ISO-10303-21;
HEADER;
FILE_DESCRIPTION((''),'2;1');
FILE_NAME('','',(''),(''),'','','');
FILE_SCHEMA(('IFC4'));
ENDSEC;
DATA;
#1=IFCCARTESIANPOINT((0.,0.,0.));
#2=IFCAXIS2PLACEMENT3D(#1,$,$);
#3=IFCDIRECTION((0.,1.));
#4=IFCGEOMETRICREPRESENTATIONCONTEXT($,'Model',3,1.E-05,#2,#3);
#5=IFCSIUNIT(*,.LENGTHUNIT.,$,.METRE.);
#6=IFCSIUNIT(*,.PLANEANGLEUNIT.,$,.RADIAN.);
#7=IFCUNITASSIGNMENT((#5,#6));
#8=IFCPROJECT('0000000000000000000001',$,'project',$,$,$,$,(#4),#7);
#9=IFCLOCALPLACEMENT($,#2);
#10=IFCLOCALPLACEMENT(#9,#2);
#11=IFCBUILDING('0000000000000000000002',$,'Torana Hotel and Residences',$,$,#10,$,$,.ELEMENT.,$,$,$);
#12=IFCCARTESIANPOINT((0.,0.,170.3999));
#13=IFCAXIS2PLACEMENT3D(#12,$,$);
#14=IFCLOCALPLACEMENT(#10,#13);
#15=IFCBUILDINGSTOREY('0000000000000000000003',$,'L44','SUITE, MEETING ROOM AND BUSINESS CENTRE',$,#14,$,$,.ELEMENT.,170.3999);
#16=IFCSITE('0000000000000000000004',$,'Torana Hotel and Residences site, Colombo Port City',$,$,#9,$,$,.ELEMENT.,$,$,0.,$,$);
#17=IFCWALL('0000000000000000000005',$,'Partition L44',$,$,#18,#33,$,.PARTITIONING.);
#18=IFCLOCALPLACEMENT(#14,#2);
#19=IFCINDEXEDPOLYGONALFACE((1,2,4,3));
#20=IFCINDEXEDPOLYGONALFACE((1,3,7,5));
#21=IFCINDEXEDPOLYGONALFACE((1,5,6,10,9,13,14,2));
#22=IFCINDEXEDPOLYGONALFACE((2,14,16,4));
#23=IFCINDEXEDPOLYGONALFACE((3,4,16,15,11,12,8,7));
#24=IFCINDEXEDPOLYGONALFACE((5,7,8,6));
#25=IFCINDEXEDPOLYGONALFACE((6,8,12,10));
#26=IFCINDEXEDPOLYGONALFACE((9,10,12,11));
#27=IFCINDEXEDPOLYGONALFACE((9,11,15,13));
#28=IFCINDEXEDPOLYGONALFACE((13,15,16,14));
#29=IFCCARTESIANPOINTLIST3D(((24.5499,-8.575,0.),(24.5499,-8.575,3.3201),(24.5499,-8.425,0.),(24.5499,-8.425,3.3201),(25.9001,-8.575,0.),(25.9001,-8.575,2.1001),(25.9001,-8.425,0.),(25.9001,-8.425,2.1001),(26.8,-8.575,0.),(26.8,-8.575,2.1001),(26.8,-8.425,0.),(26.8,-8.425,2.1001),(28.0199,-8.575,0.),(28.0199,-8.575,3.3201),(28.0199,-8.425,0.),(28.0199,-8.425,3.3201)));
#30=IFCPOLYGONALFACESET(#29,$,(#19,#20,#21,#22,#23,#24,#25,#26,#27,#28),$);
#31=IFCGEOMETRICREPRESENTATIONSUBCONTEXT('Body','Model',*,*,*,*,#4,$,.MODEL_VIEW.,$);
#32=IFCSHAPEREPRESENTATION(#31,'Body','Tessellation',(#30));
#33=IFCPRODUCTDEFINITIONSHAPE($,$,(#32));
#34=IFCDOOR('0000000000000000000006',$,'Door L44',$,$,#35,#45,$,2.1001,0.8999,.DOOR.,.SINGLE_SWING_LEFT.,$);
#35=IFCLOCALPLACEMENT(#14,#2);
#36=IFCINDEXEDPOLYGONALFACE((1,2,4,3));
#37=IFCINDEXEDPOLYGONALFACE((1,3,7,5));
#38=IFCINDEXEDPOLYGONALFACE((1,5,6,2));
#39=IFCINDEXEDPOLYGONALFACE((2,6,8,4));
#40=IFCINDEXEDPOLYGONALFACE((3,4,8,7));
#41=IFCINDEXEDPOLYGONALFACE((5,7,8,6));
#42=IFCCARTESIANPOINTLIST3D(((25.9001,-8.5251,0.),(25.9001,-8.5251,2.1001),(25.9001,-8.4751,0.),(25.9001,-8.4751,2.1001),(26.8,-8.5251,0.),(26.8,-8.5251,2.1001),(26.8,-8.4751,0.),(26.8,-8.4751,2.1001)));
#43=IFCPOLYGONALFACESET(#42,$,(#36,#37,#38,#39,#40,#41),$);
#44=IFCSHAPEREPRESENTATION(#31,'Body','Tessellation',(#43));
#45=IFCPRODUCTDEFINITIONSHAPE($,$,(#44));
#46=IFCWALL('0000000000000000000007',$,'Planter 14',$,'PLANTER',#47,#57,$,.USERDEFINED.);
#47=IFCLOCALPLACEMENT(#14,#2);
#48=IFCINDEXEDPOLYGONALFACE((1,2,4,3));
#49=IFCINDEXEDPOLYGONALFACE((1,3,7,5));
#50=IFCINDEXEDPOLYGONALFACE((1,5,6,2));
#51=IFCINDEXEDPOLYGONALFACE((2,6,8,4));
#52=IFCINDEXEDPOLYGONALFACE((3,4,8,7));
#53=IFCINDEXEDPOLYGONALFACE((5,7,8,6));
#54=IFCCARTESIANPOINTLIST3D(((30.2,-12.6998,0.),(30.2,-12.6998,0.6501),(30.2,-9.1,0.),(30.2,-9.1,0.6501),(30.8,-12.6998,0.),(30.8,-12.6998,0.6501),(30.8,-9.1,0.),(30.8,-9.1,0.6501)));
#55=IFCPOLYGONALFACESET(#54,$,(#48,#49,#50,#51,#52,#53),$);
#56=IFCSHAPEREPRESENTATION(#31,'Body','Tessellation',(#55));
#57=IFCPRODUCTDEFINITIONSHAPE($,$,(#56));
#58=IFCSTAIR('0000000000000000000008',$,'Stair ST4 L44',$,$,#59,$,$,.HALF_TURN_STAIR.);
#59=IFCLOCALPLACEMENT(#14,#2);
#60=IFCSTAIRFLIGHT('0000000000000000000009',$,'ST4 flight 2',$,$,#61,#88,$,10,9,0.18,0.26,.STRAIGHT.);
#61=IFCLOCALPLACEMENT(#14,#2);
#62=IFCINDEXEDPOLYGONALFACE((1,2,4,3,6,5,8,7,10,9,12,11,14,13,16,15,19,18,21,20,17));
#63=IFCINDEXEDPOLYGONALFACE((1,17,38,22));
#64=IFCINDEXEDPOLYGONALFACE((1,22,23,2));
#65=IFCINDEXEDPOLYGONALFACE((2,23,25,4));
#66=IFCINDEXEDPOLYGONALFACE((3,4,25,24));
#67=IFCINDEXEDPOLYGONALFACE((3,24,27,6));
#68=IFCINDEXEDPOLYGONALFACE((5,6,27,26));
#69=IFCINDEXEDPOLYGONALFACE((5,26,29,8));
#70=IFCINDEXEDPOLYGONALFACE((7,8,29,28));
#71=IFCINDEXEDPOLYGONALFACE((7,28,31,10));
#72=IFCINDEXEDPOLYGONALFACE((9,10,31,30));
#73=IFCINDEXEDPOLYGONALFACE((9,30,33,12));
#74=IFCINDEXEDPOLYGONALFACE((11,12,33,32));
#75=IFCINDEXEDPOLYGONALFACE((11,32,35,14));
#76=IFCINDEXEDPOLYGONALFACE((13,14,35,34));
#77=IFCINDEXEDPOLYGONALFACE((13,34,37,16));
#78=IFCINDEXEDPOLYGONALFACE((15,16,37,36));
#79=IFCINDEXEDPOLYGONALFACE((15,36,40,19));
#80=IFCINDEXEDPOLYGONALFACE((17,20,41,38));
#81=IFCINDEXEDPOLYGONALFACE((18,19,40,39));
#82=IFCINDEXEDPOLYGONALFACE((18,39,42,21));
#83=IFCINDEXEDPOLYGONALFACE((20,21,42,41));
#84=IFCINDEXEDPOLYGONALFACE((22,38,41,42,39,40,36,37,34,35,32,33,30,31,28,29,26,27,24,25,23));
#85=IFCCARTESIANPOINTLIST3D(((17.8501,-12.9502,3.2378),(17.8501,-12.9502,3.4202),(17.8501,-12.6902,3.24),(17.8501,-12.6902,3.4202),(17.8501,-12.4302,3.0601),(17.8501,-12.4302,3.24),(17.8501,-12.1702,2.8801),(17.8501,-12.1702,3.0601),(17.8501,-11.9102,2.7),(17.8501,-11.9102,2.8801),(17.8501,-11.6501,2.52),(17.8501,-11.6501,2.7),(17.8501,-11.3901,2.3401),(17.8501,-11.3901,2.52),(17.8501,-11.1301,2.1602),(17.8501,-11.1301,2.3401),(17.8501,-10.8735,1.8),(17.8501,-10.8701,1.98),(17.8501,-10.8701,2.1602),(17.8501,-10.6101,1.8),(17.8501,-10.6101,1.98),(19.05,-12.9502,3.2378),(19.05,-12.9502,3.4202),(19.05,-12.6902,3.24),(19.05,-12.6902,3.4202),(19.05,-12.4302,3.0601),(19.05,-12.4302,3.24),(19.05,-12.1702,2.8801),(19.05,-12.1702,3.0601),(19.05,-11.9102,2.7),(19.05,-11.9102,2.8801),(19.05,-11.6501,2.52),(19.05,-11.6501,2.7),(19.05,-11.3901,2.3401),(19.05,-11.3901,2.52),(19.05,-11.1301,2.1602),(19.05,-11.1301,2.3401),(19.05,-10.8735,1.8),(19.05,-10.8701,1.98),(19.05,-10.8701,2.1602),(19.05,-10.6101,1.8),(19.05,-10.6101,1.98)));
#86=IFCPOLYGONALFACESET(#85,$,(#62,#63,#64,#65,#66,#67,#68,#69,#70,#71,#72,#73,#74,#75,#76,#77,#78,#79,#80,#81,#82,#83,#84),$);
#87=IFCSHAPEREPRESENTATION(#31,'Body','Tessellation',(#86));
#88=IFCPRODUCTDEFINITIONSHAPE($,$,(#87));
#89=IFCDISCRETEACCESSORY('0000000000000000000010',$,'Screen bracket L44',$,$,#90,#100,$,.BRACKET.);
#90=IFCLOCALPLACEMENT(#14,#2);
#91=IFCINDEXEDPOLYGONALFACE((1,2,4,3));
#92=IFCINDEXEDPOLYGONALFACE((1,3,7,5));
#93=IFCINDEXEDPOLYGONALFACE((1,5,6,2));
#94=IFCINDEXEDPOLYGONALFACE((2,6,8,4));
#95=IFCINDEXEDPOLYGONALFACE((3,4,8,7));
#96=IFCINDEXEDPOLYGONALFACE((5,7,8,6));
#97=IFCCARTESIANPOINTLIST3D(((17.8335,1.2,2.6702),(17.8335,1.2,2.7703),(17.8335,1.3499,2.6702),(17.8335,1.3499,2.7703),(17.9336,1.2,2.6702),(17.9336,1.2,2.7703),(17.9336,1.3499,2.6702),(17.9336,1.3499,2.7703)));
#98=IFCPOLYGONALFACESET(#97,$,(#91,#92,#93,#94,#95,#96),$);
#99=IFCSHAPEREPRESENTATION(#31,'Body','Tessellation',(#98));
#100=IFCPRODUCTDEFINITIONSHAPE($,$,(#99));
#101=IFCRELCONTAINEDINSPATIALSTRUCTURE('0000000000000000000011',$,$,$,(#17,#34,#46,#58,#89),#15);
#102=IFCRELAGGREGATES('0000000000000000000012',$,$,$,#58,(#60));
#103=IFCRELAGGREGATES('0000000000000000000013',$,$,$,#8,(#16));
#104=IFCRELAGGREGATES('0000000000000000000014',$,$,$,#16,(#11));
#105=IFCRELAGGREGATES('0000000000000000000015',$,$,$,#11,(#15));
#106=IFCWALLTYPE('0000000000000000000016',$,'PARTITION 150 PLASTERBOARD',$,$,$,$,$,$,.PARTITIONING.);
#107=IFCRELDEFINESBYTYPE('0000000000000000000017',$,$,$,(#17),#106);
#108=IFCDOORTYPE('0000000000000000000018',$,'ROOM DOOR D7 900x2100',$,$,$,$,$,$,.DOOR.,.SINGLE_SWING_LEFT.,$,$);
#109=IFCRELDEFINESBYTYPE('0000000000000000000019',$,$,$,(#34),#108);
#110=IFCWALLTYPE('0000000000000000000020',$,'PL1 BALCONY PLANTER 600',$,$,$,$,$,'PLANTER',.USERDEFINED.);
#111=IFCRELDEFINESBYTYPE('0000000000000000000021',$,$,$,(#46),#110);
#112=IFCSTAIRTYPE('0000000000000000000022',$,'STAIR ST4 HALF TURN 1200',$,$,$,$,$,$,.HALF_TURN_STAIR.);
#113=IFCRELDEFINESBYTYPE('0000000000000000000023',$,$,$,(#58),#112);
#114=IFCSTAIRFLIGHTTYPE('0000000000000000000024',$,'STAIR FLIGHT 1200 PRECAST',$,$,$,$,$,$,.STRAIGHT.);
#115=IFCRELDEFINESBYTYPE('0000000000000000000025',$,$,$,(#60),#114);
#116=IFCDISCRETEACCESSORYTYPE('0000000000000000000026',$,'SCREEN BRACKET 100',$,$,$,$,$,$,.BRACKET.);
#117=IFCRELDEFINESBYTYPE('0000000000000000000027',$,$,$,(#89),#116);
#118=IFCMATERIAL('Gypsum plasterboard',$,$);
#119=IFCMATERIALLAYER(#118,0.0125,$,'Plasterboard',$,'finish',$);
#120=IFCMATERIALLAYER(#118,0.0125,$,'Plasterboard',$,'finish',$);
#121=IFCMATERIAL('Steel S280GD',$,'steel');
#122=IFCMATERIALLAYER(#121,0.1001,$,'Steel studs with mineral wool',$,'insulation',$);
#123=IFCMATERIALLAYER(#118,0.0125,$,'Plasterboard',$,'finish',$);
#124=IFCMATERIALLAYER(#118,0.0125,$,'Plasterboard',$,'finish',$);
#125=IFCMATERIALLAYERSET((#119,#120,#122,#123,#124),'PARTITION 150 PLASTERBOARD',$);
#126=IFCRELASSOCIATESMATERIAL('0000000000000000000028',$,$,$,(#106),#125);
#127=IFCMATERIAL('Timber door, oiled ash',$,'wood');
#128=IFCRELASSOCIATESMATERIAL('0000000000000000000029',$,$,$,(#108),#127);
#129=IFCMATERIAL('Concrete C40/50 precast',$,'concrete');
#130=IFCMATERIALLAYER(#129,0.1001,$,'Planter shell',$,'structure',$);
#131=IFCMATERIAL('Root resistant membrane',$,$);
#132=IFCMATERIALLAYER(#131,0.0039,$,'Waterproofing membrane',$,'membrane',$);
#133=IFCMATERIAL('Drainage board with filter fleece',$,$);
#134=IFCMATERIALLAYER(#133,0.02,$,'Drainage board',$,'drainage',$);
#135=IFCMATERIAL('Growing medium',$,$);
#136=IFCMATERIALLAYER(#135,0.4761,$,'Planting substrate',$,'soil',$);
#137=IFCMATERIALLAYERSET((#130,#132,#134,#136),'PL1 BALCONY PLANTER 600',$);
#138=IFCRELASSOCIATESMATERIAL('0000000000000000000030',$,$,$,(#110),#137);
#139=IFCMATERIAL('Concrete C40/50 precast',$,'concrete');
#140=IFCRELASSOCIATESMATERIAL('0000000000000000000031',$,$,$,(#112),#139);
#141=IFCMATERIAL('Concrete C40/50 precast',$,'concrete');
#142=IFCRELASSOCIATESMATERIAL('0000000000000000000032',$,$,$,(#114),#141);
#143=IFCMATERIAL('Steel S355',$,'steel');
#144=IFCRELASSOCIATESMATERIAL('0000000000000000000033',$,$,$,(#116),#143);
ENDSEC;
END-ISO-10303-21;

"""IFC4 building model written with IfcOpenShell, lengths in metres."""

from ifc_helpers import new_model, si_unit, direction, frame, frame_2d, origin, origin_2d, place, context, subcontext, project, spatial, polyline, rectangle, outline, extrude, material, layer, layer_set, type_object, element, fill, aggregate, save


model = new_model("IFC4")

# Units and contexts
model_context = context("Model", 3, precision=1e-05, world=origin(), true_north=direction((0.0, 1.0)))
body_context = subcontext(model_context, "Body", "Model", "MODEL_VIEW")
ifc_project = project(units=[si_unit("LENGTHUNIT", "METRE"), si_unit("PLANEANGLEUNIT", "RADIAN")], contexts=[model_context])

# Site, building, storey
site_placement = place(None, origin())
site = spatial("IfcSite", under=ifc_project, at=site_placement, Name="Torana Hotel and Residences site, Colombo Port City", CompositionType="ELEMENT", RefElevation=0.0)
building_placement = place(site_placement, origin())
building = spatial("IfcBuilding", under=site, at=building_placement, Name="Torana Hotel and Residences", CompositionType="ELEMENT")
storey_placement = place(building_placement, frame((0.0, 0.0, 170.3999)))
storey = spatial("IfcBuildingStorey", under=building, at=storey_placement, Name="L44", Description="SUITE, MEETING ROOM AND BUSINESS CENTRE", CompositionType="ELEMENT", Elevation=170.3999)

# Shared definitions
ifc_material_1 = material(Name="Steel S280GD", Category="steel")

# Shared definitions
ifc_material_2 = material(Name="Concrete C40/50 precast", Category="concrete")

# Shared definitions
ifc_material_3 = material(Name="Gypsum plasterboard")
ifc_layer_1 = layer(ifc_material_3, 0.0125, Name="Plasterboard", Category="finish")
ifc_layer_2 = layer(ifc_material_3, 0.0125, Name="Plasterboard", Category="finish")
ifc_layer_3 = layer(ifc_material_1, 0.1001, Name="Steel studs with mineral wool", Category="insulation")
ifc_layer_4 = layer(ifc_material_3, 0.0125, Name="Plasterboard", Category="finish")
ifc_layer_5 = layer(ifc_material_3, 0.0125, Name="Plasterboard", Category="finish")
ifc_layer_set_1 = layer_set([ifc_layer_1, ifc_layer_2, ifc_layer_3, ifc_layer_4, ifc_layer_5], Name="PARTITION 150 PLASTERBOARD")
wall_type_1 = type_object("IfcWallType", Name="PARTITION 150 PLASTERBOARD", PredefinedType="PARTITIONING", material=ifc_layer_set_1)

# Wall, opening, door
wall_1_placement = place(storey_placement, frame((24.55, -8.5, 0.0), z_axis=(0.0, 0.0, 1.0), x_axis=(1.0, 0.0, 0.0)))
wall_1 = element("IfcWall", 1, at=wall_1_placement, inside=storey, type_object=wall_type_1, Name="Partition L44", PredefinedType="PARTITIONING", context=body_context, shape_type="SweptSolid", body=[
    extrude(rectangle(XDim=3.47, YDim=0.1499, at=frame_2d((1.7349, 0.0))), origin(), (0.0, 0.0, 1.0), 3.3201),
])
opening_1_placement = place(wall_1_placement, frame((1.3501, 0.0, 0.0)))
opening_1 = element("IfcOpeningElement", 2, at=opening_1_placement, cuts=wall_1, PredefinedType="OPENING", context=body_context, shape_type="SweptSolid", body=[
    extrude(rectangle(XDim=0.8999, YDim=2.1001, at=frame_2d((0.45, 1.05))), frame((0.0, 0.085, 0.0), z_axis=(0.0, -1.0, 0.0), x_axis=(1.0, 0.0, 0.0)), (0.0, 0.0, 1.0), 0.1699),
])
ifc_material_4 = material(Name="Timber door, oiled ash", Category="wood")
door_type = type_object("IfcDoorType", Name="ROOM DOOR D7 900x2100", OperationType="SINGLE_SWING_LEFT", PredefinedType="DOOR", material=ifc_material_4)
door_placement = place(opening_1_placement, origin())
door = element("IfcDoor", 3, at=door_placement, inside=storey, type_object=door_type, Name="Door L44", OperationType="SINGLE_SWING_LEFT", OverallHeight=2.1001, OverallWidth=0.8999, PredefinedType="DOOR", context=body_context, shape_type="SweptSolid", body=[
    extrude(rectangle(XDim=0.8999, YDim=2.1001, at=frame_2d((0.45, 1.05))), frame((0.0, 0.0249, 0.0), z_axis=(0.0, -1.0, 0.0), x_axis=(1.0, 0.0, 0.0)), (0.0, 0.0, 1.0), 0.05),
])
fill(opening_1, door)

# Wall
ifc_layer_6 = layer(ifc_material_2, 0.1001, Name="Planter shell", Category="structure")
ifc_material_5 = material(Name="Root resistant membrane")
ifc_layer_7 = layer(ifc_material_5, 0.0039, Name="Waterproofing membrane", Category="membrane")
ifc_material_6 = material(Name="Drainage board with filter fleece")
ifc_layer_8 = layer(ifc_material_6, 0.02, Name="Drainage board", Category="drainage")
ifc_material_7 = material(Name="Growing medium")
ifc_layer_9 = layer(ifc_material_7, 0.4761, Name="Planting substrate", Category="soil")
ifc_layer_set_2 = layer_set([ifc_layer_6, ifc_layer_7, ifc_layer_8, ifc_layer_9], Name="PL1 BALCONY PLANTER 600")
wall_type_2 = type_object("IfcWallType", Name="PL1 BALCONY PLANTER 600", ElementType="PLANTER", PredefinedType="USERDEFINED", material=ifc_layer_set_2)
wall_2_placement = place(storey_placement, frame((30.5, -9.1001, 0.0), z_axis=(0.0, 0.0, 1.0), x_axis=(0.0, -1.0, 0.0)))
element("IfcWall", 4, at=wall_2_placement, inside=storey, type_object=wall_type_2, Name="Planter 14", ObjectType="PLANTER", PredefinedType="USERDEFINED", context=body_context, shape_type="SweptSolid", body=[
    extrude(rectangle(XDim=3.5999, YDim=0.6001, at=frame_2d((1.7998, 0.0))), origin(), (0.0, 0.0, 1.0), 0.6501),
])

# Stair, stair flight
ifc_material_8 = material(Name="Concrete C40/50 precast", Category="concrete")
stair_type = type_object("IfcStairType", Name="STAIR ST4 HALF TURN 1200", PredefinedType="HALF_TURN_STAIR", material=ifc_material_8)
stair_placement = place(storey_placement, origin())
stair = element("IfcStair", 5, at=stair_placement, inside=storey, type_object=stair_type, Name="Stair ST4 L44", PredefinedType="HALF_TURN_STAIR")
ifc_material_9 = material(Name="Concrete C40/50 precast", Category="concrete")
stair_flight_type = type_object("IfcStairFlightType", Name="STAIR FLIGHT 1200 PRECAST", PredefinedType="STRAIGHT", material=ifc_material_9)
stair_flight_placement = place(storey_placement, frame((18.45, -10.6101, 1.8), z_axis=(0.0, 0.0, 1.0), x_axis=(0.0, -1.0, 0.0)))
stair_flight = element("IfcStairFlight", 6, at=stair_flight_placement, type_object=stair_flight_type, Name="ST4 flight 2", NumberOfRisers=10, NumberOfTreads=9, PredefinedType="STRAIGHT", RiserHeight=0.18, TreadLength=0.26, context=body_context, shape_type="SweptSolid", body=[
    extrude(outline(polyline([(0.0, 0.0), (0.0, 0.1799), (0.26, 0.1799), (0.26, 0.3601), (0.52, 0.3601), (0.52, 0.54), (0.78, 0.54), (0.78, 0.72), (1.04, 0.72), (1.04, 0.8999), (1.3, 0.8999), (1.3, 1.0801), (1.5601, 1.0801), (1.5601, 1.26), (1.8201, 1.26), (1.8201, 1.4399), (2.0801, 1.4399), (2.0801, 1.6201), (2.3401, 1.6201), (2.3401, 1.8), (2.3401, 1.4377), (0.2634, 0.0), (0.0, 0.0)])), frame((0.0, 0.6001, 0.0), z_axis=(0.0, -1.0, 0.0), x_axis=(1.0, 0.0, 0.0)), (0.0, 0.0, 1.0), 1.2),
])
aggregate(stair, [stair_flight])

# Discrete accessory
ifc_material_10 = material(Name="Steel S355", Category="steel")
discrete_accessory_type = type_object("IfcDiscreteAccessoryType", Name="SCREEN BRACKET 100", PredefinedType="BRACKET", material=ifc_material_10)
discrete_accessory_placement = place(storey_placement, frame((17.8835, 1.2749, 2.6702), z_axis=(0.0, 0.0, 1.0), x_axis=(-1.0, 0.0, 0.0)))
element("IfcDiscreteAccessory", 7, at=discrete_accessory_placement, inside=storey, type_object=discrete_accessory_type, Name="Screen bracket L44", PredefinedType="BRACKET", context=body_context, shape_type="SweptSolid", body=[
    extrude(rectangle(XDim=0.1001, YDim=0.1499, at=origin_2d()), origin(), (0.0, 0.0, 1.0), 0.1001),
])

save(model, "model.ifc")
